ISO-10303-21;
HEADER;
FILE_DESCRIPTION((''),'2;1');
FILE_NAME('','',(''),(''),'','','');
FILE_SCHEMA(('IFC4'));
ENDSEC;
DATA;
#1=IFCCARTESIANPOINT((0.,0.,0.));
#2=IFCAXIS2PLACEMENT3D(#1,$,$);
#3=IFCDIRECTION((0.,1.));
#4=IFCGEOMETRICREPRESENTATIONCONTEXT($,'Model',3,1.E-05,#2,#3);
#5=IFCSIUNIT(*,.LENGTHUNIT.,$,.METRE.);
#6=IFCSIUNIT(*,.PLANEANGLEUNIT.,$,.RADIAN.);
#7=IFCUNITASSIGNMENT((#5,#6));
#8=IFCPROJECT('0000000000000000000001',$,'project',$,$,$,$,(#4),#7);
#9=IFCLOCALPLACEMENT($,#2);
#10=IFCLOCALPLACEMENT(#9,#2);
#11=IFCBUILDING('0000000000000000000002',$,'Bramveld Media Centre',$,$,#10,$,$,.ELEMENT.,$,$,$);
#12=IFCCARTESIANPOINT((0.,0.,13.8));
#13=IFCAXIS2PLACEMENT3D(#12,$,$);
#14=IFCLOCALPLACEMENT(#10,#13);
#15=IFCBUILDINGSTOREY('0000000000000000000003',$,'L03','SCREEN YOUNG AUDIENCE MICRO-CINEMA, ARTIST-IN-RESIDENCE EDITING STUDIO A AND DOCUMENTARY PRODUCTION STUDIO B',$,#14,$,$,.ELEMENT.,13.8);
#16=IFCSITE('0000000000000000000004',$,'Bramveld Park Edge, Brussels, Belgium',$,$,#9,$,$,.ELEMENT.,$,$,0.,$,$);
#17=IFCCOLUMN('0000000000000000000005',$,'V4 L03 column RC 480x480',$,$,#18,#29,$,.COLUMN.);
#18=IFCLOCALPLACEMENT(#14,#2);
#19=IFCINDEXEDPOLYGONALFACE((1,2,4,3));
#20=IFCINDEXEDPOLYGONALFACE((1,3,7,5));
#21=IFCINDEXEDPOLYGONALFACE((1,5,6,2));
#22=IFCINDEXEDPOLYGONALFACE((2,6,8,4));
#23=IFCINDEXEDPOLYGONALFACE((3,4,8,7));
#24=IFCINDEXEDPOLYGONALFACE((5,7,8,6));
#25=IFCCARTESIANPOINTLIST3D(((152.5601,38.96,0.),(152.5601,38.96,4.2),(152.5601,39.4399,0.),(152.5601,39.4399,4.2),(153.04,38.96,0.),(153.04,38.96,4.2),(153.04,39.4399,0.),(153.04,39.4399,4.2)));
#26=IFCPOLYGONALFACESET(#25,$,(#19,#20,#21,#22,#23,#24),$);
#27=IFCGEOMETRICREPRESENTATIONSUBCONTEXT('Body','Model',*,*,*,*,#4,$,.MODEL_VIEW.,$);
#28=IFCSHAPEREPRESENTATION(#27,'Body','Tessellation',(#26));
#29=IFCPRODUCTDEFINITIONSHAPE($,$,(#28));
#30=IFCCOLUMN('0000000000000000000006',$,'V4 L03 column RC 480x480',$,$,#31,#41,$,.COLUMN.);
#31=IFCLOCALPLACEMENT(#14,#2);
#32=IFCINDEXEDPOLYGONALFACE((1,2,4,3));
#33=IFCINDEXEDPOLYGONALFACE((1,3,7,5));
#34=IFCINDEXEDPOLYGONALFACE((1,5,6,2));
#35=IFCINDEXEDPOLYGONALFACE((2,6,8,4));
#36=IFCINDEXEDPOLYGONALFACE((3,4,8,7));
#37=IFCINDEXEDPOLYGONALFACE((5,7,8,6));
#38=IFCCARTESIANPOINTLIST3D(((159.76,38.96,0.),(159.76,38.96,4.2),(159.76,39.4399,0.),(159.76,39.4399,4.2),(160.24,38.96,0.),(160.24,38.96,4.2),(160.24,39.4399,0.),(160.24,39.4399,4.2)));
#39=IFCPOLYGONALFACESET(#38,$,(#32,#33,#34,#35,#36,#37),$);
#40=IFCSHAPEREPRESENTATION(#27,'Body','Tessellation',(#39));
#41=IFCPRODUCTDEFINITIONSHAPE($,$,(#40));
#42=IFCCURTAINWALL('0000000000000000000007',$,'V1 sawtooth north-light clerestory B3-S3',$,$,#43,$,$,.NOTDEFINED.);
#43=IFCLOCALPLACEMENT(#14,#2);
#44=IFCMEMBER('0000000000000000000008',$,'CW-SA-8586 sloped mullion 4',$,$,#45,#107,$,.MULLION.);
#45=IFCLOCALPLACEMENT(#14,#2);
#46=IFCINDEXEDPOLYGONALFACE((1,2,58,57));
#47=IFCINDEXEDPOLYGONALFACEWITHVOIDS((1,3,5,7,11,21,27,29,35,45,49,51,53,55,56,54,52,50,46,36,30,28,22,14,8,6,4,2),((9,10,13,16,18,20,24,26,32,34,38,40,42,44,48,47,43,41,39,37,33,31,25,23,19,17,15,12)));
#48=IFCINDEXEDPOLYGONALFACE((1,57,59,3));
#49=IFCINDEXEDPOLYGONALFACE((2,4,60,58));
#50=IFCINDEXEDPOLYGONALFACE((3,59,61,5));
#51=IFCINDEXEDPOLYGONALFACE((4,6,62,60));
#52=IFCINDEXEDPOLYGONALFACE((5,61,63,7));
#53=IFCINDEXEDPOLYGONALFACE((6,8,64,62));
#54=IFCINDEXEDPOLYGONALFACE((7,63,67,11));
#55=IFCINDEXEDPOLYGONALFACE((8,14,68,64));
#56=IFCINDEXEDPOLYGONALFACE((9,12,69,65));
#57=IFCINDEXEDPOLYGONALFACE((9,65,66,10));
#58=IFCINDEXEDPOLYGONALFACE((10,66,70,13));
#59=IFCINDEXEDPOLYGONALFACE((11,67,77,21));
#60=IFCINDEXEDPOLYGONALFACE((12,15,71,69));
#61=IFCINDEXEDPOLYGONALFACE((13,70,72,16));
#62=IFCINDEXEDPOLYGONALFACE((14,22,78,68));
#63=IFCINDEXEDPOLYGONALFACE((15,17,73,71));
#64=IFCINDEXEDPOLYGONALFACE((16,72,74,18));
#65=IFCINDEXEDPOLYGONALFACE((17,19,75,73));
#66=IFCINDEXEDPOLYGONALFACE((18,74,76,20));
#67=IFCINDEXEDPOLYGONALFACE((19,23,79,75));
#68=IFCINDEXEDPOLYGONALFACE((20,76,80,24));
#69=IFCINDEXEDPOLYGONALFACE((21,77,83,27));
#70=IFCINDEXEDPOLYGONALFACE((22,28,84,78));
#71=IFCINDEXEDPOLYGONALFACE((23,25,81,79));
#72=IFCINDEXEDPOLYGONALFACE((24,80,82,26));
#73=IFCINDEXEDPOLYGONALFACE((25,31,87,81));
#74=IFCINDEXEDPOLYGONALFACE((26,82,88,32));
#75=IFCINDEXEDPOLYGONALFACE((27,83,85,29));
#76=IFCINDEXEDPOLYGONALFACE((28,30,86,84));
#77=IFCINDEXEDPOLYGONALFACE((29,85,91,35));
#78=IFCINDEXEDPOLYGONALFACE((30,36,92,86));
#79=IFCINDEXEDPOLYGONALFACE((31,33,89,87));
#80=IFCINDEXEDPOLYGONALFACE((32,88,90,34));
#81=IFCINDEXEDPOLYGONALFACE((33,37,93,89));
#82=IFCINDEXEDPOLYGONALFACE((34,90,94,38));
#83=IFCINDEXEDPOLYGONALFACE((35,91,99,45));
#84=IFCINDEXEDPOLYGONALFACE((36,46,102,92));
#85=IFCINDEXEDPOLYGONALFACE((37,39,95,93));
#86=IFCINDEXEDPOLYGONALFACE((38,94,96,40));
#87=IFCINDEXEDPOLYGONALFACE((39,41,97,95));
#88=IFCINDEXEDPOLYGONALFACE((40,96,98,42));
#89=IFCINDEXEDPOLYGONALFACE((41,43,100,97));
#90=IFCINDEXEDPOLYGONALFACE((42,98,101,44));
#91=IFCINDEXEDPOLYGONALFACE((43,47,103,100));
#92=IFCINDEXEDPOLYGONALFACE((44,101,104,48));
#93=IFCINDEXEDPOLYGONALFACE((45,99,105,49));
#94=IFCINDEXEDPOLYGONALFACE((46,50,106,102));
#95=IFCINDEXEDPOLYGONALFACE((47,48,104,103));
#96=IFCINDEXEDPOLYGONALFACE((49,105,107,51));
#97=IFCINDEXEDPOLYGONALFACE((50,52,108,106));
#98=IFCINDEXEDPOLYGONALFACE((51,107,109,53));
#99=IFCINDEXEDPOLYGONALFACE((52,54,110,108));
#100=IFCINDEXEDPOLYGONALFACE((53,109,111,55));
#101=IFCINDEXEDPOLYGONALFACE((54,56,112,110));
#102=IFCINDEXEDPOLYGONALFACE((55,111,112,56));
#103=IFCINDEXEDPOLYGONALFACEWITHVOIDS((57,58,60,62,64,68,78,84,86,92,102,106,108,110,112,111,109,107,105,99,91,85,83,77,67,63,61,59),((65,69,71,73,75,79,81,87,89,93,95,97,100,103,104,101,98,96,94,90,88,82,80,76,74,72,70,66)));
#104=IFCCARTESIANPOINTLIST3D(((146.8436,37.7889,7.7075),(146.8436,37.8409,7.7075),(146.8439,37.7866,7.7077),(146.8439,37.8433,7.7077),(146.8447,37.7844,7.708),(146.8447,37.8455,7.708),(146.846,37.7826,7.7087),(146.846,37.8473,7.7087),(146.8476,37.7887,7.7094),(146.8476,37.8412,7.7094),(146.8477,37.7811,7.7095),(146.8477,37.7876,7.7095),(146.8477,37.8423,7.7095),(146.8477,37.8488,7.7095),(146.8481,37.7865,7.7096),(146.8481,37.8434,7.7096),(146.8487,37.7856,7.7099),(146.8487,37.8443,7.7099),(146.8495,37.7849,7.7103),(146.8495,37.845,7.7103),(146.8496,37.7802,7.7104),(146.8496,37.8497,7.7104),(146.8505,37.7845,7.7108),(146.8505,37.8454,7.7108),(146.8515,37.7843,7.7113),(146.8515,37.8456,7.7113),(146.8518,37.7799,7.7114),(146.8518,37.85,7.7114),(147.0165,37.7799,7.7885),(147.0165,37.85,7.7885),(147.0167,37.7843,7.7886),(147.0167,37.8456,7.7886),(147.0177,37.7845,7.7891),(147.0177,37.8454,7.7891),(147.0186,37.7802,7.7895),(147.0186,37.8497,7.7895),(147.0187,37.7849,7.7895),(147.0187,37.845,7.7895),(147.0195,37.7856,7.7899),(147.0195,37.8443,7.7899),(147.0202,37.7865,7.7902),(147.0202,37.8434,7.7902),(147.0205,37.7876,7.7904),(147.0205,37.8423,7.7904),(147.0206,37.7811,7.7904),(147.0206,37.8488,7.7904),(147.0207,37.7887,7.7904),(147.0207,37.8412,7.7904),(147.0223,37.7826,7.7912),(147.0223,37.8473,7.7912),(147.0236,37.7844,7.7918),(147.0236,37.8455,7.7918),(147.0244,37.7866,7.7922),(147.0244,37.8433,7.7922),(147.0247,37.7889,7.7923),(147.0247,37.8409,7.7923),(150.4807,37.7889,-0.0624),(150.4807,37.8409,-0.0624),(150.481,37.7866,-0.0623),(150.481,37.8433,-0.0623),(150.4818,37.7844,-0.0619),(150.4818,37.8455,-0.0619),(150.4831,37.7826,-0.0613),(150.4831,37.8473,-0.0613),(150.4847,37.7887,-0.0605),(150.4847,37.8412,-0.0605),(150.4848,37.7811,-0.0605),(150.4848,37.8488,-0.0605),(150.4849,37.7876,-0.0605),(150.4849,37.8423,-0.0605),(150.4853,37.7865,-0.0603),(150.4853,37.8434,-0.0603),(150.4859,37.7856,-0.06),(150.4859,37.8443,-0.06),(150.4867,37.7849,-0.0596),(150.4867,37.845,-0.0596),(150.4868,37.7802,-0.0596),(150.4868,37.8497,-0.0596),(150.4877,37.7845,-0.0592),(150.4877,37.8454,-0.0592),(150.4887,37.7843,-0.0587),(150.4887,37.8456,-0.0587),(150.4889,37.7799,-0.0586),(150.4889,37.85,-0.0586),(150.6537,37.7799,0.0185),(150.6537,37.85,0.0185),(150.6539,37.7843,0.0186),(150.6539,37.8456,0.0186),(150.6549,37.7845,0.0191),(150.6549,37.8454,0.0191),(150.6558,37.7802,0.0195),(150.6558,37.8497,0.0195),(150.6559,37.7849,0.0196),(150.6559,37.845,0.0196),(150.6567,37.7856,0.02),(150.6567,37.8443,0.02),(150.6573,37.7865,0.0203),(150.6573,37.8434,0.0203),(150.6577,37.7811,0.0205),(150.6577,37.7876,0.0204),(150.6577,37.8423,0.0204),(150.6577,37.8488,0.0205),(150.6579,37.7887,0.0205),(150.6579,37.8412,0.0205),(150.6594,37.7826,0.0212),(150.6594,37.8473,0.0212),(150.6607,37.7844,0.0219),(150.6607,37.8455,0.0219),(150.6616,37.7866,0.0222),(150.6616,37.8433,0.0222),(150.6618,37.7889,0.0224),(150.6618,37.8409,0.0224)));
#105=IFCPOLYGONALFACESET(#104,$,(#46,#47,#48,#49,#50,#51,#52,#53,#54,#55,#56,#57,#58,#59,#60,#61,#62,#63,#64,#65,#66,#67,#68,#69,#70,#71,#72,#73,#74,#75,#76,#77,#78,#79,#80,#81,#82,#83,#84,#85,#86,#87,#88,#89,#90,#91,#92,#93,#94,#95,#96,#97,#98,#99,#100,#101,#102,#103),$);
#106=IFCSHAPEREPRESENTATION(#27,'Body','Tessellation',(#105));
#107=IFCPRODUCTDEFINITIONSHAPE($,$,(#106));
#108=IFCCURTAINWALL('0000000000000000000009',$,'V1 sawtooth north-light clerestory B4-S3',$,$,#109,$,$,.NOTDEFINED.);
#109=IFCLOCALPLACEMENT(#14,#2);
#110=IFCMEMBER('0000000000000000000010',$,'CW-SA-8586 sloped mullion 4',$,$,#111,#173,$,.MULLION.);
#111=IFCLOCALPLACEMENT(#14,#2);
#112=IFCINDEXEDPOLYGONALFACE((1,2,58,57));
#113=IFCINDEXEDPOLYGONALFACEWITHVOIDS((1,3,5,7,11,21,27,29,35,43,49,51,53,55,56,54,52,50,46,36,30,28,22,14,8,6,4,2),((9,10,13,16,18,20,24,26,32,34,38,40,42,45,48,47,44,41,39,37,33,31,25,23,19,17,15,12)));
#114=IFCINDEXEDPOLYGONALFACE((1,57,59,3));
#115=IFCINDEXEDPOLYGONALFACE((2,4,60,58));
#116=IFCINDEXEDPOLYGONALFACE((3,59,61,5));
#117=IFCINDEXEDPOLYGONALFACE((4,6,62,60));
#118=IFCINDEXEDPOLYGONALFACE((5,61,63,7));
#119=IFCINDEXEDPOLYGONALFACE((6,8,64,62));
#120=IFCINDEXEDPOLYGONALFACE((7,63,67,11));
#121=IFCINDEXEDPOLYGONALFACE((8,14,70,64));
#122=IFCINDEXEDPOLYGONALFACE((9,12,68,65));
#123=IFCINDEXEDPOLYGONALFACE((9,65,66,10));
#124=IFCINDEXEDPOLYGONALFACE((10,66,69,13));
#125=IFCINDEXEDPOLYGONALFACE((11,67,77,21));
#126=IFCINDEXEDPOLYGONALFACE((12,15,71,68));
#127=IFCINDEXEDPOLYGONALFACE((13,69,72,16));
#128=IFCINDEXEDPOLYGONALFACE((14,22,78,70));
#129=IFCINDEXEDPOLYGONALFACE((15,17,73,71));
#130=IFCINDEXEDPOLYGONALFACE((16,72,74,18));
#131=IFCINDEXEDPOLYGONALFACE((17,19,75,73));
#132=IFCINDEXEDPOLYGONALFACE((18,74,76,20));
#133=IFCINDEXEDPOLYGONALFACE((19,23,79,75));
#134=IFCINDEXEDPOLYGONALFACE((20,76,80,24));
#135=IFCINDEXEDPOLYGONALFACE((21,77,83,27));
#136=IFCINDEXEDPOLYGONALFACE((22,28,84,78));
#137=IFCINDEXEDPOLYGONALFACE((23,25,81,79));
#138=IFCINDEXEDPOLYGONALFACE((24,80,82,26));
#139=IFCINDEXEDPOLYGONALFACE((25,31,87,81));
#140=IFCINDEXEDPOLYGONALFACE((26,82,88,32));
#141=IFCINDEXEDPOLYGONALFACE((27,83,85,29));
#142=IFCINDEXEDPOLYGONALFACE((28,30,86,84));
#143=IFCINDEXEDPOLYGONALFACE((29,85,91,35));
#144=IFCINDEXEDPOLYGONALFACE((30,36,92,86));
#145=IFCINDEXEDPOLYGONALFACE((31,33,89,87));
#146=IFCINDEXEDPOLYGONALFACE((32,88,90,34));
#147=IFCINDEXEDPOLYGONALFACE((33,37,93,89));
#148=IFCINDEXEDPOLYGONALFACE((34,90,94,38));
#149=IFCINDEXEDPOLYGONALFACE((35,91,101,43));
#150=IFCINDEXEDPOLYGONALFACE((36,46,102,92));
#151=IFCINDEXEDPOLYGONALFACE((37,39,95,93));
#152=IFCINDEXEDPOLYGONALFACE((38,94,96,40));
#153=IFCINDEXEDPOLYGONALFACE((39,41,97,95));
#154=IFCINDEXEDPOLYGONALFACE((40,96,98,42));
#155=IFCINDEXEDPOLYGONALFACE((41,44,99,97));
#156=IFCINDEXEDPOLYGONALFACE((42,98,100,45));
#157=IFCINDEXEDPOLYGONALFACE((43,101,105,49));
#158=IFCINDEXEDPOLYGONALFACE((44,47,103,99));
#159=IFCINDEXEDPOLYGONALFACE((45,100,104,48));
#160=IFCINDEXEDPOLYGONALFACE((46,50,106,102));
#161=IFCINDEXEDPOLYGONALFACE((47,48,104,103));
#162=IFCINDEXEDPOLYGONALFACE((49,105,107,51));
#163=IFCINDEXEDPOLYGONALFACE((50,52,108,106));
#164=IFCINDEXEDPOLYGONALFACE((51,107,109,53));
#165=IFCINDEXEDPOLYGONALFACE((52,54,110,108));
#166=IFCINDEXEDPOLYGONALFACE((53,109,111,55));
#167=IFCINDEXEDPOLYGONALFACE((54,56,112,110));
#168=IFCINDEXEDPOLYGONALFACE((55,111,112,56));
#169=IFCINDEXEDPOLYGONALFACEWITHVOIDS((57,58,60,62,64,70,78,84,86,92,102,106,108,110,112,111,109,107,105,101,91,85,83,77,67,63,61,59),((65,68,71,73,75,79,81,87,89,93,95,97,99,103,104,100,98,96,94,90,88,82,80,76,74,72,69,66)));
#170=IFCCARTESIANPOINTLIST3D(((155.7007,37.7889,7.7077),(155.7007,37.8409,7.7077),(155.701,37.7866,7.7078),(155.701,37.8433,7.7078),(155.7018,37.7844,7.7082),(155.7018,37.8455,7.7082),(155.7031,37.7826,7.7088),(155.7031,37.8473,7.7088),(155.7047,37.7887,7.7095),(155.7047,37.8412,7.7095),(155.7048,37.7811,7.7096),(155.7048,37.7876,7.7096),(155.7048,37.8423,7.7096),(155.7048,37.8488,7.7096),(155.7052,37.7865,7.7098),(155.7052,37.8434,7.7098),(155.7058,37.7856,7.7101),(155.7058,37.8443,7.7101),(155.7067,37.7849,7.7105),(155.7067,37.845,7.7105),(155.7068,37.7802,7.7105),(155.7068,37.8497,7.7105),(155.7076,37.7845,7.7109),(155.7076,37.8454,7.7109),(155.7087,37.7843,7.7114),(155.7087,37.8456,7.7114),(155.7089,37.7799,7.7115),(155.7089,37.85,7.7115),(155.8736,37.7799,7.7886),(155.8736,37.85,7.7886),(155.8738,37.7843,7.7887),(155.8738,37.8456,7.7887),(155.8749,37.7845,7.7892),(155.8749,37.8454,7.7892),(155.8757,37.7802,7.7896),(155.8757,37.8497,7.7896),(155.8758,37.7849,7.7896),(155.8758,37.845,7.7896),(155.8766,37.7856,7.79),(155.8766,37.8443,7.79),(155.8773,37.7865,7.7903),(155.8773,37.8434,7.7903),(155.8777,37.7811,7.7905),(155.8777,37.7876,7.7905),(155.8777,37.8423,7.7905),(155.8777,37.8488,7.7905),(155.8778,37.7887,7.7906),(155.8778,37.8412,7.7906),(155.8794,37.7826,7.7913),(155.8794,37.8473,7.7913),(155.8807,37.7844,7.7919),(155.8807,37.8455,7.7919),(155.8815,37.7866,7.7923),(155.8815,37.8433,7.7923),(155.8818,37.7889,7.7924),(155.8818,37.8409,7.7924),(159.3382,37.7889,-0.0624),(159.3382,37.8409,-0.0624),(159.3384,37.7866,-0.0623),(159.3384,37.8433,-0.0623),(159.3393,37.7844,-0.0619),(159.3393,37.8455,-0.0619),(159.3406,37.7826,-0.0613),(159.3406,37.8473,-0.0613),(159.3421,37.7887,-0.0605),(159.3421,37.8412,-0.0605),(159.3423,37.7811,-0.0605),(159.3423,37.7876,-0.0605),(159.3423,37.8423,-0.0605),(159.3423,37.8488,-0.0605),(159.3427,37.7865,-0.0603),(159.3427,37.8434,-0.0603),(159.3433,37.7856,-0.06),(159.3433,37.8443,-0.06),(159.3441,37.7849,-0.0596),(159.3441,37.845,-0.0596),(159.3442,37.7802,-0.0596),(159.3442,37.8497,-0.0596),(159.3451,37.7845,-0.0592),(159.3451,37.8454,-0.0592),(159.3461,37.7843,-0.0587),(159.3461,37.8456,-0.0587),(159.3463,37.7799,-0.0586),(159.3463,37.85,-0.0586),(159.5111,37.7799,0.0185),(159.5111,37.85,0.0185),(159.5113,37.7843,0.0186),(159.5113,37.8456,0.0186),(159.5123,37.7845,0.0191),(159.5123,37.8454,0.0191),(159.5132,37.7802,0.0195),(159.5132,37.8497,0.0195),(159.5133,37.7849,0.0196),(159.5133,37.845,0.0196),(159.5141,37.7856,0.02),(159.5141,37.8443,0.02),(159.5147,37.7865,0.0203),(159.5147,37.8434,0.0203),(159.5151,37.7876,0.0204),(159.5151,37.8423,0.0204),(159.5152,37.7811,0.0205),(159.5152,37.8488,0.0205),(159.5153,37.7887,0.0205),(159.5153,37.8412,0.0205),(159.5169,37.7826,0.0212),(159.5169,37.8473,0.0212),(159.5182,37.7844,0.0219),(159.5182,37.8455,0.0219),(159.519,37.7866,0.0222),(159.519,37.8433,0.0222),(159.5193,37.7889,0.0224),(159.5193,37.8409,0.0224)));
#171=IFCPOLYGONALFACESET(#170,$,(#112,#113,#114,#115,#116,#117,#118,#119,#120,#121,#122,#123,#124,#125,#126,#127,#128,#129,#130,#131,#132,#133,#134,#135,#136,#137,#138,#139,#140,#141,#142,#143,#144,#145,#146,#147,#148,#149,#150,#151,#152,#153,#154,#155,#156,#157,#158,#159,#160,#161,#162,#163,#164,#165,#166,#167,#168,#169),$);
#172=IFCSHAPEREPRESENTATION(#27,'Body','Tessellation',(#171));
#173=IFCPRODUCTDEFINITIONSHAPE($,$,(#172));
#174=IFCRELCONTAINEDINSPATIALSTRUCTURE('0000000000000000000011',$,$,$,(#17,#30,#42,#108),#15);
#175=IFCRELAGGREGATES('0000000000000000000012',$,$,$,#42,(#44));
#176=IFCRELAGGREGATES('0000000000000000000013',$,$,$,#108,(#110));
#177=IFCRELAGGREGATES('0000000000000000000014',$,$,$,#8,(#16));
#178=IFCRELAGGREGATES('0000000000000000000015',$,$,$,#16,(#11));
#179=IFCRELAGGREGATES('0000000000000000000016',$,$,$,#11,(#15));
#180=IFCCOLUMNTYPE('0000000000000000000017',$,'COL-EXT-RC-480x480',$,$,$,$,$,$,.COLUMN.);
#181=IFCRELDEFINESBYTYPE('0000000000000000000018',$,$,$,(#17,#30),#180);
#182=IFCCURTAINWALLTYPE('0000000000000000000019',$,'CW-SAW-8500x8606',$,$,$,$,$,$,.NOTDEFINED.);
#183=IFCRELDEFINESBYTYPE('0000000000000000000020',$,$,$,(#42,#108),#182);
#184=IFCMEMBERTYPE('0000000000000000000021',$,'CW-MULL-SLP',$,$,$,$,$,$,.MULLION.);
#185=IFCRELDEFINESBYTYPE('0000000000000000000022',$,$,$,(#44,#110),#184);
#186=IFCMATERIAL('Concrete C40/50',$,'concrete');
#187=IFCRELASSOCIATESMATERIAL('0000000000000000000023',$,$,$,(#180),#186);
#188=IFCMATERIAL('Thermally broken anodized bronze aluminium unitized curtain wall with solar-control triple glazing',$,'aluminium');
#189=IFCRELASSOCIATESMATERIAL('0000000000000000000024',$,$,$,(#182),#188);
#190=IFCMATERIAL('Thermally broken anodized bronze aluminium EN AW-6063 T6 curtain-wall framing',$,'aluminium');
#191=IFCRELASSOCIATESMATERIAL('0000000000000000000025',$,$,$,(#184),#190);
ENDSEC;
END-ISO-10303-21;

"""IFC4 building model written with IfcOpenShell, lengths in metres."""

from ifc_helpers import new_model, si_unit, direction, frame, origin, origin_2d, place, context, subcontext, project, spatial, rectangle, hollow_rectangle, extrude, material, material_profile, profile_set, type_object, element, aggregate, save


model = new_model("IFC4")

# Units and contexts
model_context = context("Model", 3, precision=1e-05, world=origin(), true_north=direction((0.0, 1.0)))
body_context = subcontext(model_context, "Body", "Model", "MODEL_VIEW")
ifc_project = project(units=[si_unit("LENGTHUNIT", "METRE"), si_unit("PLANEANGLEUNIT", "RADIAN")], contexts=[model_context])

# Site, building, storey
site_placement = place(None, origin())
site = spatial("IfcSite", under=ifc_project, at=site_placement, Name="Bramveld Park Edge, Brussels, Belgium", CompositionType="ELEMENT", RefElevation=0.0)
building_placement = place(site_placement, origin())
building = spatial("IfcBuilding", under=site, at=building_placement, Name="Bramveld Media Centre", CompositionType="ELEMENT")
storey_placement = place(building_placement, frame((0.0, 0.0, 13.8)))
storey = spatial("IfcBuildingStorey", under=building, at=storey_placement, Name="L03", Description="SCREEN YOUNG AUDIENCE MICRO-CINEMA, ARTIST-IN-RESIDENCE EDITING STUDIO A AND DOCUMENTARY PRODUCTION STUDIO B", CompositionType="ELEMENT", Elevation=13.8)

# Columns
ifc_material_1 = material(Name="Concrete C40/50", Category="concrete")
ifc_material_profile_1 = material_profile(ifc_material_1, rectangle(XDim=0.48, YDim=0.48, at=origin_2d()), Name="RC 480x480")
ifc_profile_set_1 = profile_set([ifc_material_profile_1], Name="Concrete C40/50")
column_type = type_object("IfcColumnType", Name="COL-EXT-RC-480x480", PredefinedType="COLUMN", material=ifc_profile_set_1)
for number, where, z_axis, x_axis, name in (
    (1, (152.8, 39.2, 0.0), (0.0, 0.0, 1.0), (1.0, 0.0, 0.0), "V4 L03 column RC 480x480"),
    (2, (160.0, 39.2, 0.0), (0.0, 0.0, 1.0), (1.0, 0.0, 0.0), "V4 L03 column RC 480x480"),
):
    element("IfcColumn", number, at=place(storey_placement, frame(where, z_axis=z_axis, x_axis=x_axis)), inside=storey, type_object=column_type, Name=name, PredefinedType="COLUMN", context=body_context, shape_type="SweptSolid", body=[
        extrude(rectangle(XDim=0.48, YDim=0.48, at=origin_2d()), origin(), (0.0, 0.0, 1.0), 4.2),
    ])

# Curtain walls, members
ifc_material_2 = material(Name="Thermally broken anodized bronze aluminium unitized curtain wall with solar-control triple glazing", Category="aluminium")
curtain_wall_type = type_object("IfcCurtainWallType", Name="CW-SAW-8500x8606", PredefinedType="NOTDEFINED", material=ifc_material_2)
curtain_wall_1_placement = place(storey_placement, origin())
curtain_wall_1 = element("IfcCurtainWall", 3, at=curtain_wall_1_placement, inside=storey, type_object=curtain_wall_type, Name="V1 sawtooth north-light clerestory B3-S3", PredefinedType="NOTDEFINED")
ifc_material_3 = material(Name="Thermally broken anodized bronze aluminium EN AW-6063 T6 curtain-wall framing", Category="aluminium")
ifc_material_profile_2 = material_profile(ifc_material_3, hollow_rectangle(XDim=0.0701, YDim=0.2, WallThickness=0.0044, InnerFilletRadius=0.0044, OuterFilletRadius=0.009, at=origin_2d()), Name="AL-MULL 70x200")
ifc_profile_set_2 = profile_set([ifc_material_profile_2], Name="Thermally broken anodized bronze aluminium EN AW-6063 T6 curtain-wall framing")
member_type_1 = type_object("IfcMemberType", Name="CW-MULL-SLP", PredefinedType="MULLION", material=ifc_profile_set_2)
member_1_placement = place(storey_placement, frame((150.5713, 37.8149, -0.02), z_axis=(-0.423957, 0.0, 0.905682), x_axis=(0.0, -1.0, 0.0)))
member_1 = element("IfcMember", 4, at=member_1_placement, type_object=member_type_1, Name="CW-SA-8586 sloped mullion 4", PredefinedType="MULLION", context=body_context, shape_type="SweptSolid", body=[
    extrude(hollow_rectangle(XDim=0.0701, YDim=0.2, WallThickness=0.0044, InnerFilletRadius=0.0044, OuterFilletRadius=0.009, at=origin_2d()), origin(), (0.0, 0.0, 1.0), 8.5791),
])
aggregate(curtain_wall_1, [member_1])
curtain_wall_2_placement = place(storey_placement, origin())
curtain_wall_2 = element("IfcCurtainWall", 5, at=curtain_wall_2_placement, inside=storey, type_object=curtain_wall_type, Name="V1 sawtooth north-light clerestory B4-S3", PredefinedType="NOTDEFINED")
member_2_placement = place(storey_placement, frame((159.4287, 37.8149, -0.02), z_axis=(-0.42398, 0.0, 0.905671), x_axis=(0.0, -1.0, 0.0)))
member_2 = element("IfcMember", 6, at=member_2_placement, type_object=member_type_1, Name="CW-SA-8586 sloped mullion 4", PredefinedType="MULLION", context=body_context, shape_type="SweptSolid", body=[
    extrude(hollow_rectangle(XDim=0.0701, YDim=0.2, WallThickness=0.0044, InnerFilletRadius=0.0044, OuterFilletRadius=0.009, at=origin_2d()), origin(), (0.0, 0.0, 1.0), 8.5793),
])
aggregate(curtain_wall_2, [member_2])

save(model, "model.ifc")
